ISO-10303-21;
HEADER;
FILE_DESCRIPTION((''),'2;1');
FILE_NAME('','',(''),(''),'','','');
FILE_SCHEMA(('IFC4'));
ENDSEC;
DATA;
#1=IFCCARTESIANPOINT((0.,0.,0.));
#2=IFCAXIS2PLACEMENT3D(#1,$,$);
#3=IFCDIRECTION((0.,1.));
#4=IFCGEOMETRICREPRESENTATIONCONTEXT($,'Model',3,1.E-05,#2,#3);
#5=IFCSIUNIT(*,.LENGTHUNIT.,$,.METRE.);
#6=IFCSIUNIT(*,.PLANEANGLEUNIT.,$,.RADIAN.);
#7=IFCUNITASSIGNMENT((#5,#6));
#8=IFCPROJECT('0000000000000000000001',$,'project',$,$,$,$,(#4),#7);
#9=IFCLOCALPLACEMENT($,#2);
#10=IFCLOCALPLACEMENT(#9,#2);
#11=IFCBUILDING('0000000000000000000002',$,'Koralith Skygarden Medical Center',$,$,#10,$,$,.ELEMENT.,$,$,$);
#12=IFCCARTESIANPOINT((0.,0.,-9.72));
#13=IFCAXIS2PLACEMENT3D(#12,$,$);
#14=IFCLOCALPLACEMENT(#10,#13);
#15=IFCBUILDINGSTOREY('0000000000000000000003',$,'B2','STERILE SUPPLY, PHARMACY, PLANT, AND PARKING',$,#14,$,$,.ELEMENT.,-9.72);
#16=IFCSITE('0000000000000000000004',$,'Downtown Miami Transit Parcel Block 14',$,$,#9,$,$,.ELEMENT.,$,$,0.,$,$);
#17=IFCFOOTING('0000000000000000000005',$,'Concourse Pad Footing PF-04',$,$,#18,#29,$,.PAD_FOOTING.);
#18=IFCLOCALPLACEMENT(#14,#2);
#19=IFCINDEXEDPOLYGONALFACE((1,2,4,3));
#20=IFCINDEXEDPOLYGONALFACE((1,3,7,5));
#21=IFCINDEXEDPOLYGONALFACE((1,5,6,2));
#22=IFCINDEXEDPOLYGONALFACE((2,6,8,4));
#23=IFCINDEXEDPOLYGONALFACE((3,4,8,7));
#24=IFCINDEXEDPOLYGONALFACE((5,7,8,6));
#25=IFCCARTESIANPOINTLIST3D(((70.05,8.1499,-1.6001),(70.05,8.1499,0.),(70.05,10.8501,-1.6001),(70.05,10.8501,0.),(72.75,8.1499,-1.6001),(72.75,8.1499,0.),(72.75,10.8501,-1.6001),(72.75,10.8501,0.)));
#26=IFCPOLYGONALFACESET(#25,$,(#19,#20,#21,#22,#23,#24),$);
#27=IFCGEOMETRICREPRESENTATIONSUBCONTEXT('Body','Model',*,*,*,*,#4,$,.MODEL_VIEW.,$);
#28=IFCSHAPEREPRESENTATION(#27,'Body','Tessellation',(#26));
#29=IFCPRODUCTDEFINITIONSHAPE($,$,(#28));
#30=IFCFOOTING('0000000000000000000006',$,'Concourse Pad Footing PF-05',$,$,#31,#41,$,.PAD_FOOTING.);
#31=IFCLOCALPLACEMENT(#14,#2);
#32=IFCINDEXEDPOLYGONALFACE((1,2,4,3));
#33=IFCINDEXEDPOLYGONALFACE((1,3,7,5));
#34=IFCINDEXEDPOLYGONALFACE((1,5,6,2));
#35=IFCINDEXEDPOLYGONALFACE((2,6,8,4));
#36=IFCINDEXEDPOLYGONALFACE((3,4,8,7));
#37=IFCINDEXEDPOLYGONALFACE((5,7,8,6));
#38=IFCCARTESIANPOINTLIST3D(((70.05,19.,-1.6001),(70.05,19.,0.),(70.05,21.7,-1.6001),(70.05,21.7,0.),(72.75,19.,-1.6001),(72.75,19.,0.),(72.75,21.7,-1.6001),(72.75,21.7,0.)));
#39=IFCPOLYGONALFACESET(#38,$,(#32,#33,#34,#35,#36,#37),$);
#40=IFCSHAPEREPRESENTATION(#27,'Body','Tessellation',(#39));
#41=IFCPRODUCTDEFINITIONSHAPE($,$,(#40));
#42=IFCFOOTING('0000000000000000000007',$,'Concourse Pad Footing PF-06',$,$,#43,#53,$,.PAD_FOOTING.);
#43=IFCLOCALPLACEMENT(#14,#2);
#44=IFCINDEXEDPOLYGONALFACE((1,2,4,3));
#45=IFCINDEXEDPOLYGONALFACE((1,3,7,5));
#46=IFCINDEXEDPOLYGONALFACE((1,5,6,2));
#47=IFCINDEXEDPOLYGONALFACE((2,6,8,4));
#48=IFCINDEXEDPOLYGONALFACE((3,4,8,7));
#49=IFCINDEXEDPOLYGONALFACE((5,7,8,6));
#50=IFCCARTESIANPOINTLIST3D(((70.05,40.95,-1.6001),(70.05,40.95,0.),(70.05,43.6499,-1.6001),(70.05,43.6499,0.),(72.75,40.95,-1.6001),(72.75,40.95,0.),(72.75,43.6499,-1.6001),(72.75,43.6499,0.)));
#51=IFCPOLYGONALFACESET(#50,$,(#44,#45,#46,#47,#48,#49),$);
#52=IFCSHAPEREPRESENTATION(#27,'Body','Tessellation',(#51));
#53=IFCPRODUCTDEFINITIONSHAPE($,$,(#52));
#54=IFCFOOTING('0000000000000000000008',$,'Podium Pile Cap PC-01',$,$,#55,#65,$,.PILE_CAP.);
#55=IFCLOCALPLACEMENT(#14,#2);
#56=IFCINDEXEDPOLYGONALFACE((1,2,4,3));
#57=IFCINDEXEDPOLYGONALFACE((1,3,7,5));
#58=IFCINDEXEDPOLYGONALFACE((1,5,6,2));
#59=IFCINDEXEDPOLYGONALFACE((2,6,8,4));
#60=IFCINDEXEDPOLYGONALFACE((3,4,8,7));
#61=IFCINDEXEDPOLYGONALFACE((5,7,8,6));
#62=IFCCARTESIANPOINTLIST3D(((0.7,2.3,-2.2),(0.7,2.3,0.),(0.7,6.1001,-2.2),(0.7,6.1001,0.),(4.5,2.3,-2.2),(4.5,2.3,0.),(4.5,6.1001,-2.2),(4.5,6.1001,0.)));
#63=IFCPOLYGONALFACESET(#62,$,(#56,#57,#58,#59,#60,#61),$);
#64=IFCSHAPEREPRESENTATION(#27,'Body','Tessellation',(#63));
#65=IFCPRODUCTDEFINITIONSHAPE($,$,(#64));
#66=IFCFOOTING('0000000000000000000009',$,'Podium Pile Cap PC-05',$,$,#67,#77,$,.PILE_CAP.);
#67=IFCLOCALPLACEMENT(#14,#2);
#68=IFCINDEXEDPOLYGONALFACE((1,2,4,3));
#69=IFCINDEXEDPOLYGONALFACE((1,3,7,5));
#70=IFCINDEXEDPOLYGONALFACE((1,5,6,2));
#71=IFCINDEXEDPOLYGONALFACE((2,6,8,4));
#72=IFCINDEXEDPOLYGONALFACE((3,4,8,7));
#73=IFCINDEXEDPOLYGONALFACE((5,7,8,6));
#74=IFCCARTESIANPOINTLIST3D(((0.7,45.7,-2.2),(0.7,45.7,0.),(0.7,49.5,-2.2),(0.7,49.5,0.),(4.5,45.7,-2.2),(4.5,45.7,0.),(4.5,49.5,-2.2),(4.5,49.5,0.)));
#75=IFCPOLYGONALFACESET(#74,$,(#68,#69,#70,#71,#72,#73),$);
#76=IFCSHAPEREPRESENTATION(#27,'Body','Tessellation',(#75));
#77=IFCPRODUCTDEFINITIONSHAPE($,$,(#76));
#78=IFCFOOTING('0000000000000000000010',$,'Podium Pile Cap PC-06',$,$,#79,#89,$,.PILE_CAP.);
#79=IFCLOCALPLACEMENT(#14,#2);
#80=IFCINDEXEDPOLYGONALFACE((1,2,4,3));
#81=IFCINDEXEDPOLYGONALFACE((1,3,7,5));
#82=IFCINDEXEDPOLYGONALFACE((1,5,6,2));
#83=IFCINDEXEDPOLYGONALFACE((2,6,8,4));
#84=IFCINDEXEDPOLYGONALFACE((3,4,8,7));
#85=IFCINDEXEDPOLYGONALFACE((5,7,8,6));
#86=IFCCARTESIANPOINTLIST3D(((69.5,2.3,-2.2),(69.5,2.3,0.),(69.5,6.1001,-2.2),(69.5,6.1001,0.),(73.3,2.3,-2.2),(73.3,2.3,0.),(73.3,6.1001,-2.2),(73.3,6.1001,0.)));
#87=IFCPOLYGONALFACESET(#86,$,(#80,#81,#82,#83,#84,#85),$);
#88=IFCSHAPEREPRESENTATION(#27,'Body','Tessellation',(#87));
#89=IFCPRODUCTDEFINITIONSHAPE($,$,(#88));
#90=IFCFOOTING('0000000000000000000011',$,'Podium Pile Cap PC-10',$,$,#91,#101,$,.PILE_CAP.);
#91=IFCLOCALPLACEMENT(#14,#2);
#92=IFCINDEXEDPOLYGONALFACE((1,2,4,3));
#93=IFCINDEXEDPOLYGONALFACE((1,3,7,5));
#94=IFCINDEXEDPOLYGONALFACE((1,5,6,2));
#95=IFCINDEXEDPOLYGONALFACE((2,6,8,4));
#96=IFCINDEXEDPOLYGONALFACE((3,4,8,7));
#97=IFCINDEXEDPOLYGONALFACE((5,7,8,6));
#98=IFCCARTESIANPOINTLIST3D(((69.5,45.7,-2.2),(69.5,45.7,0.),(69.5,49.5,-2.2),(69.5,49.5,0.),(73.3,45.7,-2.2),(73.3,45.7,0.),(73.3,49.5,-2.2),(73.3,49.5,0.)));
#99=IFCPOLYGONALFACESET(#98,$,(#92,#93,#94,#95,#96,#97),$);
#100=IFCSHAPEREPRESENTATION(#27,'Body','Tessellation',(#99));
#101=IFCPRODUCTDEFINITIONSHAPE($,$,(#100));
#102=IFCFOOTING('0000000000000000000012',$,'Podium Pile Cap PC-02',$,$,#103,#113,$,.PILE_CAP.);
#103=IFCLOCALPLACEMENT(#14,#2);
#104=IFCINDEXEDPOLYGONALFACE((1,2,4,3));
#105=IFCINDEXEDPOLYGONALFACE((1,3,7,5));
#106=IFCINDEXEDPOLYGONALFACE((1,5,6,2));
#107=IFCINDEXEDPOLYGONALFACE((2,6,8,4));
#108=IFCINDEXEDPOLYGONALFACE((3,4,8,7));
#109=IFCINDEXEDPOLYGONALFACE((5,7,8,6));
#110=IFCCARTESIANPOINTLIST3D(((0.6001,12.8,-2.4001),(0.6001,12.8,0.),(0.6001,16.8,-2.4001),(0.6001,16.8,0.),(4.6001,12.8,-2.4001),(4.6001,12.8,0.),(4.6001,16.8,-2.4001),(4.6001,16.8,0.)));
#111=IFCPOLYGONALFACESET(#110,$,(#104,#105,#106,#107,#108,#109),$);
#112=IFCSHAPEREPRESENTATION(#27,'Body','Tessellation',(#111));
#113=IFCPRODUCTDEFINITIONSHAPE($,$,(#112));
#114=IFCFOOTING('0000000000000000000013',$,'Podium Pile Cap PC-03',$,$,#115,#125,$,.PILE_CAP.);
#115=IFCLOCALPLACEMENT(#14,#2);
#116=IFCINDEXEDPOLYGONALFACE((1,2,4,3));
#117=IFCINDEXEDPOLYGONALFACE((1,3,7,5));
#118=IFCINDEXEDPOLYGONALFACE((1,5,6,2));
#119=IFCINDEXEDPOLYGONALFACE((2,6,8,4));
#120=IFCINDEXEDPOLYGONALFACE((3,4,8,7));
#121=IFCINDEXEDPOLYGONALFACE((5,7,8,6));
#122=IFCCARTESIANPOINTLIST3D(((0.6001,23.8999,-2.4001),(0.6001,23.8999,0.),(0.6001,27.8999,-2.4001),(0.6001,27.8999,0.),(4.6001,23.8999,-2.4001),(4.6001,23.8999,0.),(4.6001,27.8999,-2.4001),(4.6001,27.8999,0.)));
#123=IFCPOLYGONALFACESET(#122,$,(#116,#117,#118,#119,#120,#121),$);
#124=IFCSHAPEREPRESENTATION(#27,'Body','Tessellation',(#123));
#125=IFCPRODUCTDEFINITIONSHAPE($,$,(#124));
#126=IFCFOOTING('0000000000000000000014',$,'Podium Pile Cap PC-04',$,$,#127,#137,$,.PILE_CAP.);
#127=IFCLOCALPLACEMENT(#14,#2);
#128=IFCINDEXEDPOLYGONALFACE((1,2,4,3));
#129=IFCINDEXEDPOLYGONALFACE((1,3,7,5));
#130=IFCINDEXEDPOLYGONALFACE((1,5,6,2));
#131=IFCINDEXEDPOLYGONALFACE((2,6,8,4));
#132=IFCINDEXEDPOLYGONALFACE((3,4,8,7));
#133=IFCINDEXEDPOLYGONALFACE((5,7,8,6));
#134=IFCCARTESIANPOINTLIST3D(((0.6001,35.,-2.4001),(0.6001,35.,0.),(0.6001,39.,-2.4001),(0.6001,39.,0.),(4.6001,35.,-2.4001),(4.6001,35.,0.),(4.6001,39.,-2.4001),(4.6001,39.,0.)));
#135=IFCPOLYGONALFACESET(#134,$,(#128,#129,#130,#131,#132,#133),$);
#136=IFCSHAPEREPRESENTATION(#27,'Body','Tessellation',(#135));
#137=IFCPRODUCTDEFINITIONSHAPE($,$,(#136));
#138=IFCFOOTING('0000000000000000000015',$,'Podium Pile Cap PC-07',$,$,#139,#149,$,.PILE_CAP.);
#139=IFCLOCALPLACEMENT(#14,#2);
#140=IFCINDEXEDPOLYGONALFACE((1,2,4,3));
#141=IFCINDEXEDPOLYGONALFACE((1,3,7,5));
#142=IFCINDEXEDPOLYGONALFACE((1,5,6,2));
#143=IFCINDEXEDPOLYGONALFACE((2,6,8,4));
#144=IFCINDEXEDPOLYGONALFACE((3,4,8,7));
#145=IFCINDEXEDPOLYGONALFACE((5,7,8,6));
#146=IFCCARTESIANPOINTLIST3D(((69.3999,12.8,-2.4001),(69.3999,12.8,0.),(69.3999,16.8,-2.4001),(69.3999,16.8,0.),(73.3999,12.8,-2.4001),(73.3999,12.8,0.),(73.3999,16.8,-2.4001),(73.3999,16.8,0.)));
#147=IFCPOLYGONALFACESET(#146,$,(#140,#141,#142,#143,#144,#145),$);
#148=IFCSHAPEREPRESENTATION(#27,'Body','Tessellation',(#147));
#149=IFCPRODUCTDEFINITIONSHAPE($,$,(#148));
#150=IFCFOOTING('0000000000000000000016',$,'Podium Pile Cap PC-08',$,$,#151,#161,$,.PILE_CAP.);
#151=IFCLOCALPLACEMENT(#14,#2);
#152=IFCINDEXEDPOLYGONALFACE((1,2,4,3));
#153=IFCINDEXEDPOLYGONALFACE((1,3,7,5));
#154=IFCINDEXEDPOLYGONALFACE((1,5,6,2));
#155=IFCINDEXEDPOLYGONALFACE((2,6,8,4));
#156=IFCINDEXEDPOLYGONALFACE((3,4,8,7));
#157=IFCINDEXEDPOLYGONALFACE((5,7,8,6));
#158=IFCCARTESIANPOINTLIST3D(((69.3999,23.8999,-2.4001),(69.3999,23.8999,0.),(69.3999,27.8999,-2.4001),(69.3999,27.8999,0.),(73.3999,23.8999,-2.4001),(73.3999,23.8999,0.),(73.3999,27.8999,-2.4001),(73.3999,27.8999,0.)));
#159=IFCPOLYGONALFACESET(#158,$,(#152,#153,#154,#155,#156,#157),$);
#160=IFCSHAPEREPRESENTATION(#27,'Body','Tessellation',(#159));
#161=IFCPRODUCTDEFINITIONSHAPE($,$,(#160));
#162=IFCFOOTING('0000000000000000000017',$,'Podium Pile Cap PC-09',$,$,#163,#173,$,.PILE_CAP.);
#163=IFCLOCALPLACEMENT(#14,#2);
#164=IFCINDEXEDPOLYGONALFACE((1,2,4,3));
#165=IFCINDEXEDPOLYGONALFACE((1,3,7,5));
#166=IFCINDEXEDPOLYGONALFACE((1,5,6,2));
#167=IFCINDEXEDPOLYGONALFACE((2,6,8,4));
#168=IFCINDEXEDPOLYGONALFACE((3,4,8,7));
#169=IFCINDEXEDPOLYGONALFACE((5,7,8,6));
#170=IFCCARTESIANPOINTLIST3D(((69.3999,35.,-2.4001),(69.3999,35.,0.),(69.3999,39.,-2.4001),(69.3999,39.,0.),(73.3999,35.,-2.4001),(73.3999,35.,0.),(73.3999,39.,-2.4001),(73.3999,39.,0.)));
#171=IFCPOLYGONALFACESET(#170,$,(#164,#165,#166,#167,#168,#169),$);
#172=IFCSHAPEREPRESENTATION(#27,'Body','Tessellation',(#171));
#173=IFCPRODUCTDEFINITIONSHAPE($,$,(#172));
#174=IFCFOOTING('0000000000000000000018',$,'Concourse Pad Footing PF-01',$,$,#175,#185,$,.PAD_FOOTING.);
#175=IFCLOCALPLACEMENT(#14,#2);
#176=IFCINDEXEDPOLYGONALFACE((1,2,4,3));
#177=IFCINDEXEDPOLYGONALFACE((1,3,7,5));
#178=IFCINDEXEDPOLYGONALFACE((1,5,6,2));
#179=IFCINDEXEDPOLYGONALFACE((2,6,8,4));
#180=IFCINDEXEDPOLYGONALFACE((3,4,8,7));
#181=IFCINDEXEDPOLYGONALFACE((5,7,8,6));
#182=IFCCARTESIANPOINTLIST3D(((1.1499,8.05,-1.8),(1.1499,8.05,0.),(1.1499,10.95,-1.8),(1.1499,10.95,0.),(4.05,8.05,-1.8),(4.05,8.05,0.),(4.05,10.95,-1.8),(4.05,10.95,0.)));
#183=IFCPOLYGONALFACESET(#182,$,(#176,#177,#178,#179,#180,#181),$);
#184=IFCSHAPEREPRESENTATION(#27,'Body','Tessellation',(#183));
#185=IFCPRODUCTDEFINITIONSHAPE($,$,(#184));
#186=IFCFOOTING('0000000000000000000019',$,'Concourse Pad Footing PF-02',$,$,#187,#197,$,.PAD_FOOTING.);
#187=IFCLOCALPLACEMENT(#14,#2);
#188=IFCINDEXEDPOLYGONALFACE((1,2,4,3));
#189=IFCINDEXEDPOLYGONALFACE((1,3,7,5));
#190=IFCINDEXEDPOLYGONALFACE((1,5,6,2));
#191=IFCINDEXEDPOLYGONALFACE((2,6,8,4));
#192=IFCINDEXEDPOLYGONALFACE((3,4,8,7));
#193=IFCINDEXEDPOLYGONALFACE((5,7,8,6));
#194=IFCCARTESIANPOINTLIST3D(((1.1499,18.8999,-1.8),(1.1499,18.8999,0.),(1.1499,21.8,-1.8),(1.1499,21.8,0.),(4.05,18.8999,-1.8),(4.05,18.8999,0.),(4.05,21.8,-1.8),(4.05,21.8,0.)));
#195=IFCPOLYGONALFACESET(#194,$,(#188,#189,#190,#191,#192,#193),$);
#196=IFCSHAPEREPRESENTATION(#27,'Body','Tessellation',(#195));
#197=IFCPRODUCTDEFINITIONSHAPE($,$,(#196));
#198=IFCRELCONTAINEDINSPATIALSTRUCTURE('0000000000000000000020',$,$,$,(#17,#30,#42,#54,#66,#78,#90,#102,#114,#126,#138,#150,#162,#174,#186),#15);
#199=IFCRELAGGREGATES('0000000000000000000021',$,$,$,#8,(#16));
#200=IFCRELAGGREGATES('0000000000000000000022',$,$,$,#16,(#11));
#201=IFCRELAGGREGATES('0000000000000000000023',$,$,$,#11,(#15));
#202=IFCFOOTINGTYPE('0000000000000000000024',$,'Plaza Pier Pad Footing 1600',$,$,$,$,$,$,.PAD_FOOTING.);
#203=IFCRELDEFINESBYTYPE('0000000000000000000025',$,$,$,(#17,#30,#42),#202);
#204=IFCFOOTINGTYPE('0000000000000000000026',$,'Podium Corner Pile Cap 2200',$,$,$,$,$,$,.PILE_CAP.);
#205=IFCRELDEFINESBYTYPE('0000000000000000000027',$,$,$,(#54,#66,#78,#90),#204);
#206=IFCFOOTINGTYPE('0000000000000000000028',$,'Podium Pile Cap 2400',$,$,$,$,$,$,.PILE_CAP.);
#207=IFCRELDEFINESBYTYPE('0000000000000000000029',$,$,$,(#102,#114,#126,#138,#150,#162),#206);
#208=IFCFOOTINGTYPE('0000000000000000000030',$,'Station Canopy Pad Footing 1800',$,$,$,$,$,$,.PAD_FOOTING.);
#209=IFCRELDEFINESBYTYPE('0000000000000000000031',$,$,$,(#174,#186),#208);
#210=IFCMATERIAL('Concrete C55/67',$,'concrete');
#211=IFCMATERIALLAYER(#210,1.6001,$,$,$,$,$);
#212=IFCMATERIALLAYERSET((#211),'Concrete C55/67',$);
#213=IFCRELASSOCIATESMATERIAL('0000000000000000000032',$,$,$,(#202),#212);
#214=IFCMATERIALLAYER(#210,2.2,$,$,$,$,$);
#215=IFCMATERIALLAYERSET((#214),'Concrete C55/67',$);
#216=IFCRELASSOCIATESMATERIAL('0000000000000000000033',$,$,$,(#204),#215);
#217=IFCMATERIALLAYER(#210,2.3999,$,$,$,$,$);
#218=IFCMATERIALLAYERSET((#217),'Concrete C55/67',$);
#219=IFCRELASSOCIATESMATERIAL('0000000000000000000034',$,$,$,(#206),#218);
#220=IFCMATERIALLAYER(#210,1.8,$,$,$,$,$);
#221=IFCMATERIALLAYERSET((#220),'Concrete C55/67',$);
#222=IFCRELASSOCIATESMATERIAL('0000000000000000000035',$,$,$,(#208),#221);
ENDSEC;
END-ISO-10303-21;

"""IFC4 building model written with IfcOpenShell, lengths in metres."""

from ifc_helpers import new_model, si_unit, direction, frame, origin, place, context, subcontext, project, spatial, polyline, outline, extrude, material, layer, layer_set, type_object, element, save


model = new_model("IFC4")

# Units and contexts
model_context = context("Model", 3, precision=1e-05, world=origin(), true_north=direction((0.0, 1.0)))
body_context = subcontext(model_context, "Body", "Model", "MODEL_VIEW")
ifc_project = project(units=[si_unit("LENGTHUNIT", "METRE"), si_unit("PLANEANGLEUNIT", "RADIAN")], contexts=[model_context])

# Site, building, storey
site_placement = place(None, origin())
site = spatial("IfcSite", under=ifc_project, at=site_placement, Name="Downtown Miami Transit Parcel Block 14", CompositionType="ELEMENT", RefElevation=0.0)
building_placement = place(site_placement, origin())
building = spatial("IfcBuilding", under=site, at=building_placement, Name="Koralith Skygarden Medical Center", CompositionType="ELEMENT")
storey_placement = place(building_placement, frame((0.0, 0.0, -9.72)))
storey = spatial("IfcBuildingStorey", under=building, at=storey_placement, Name="B2", Description="STERILE SUPPLY, PHARMACY, PLANT, AND PARKING", CompositionType="ELEMENT", Elevation=-9.72)

# Footings
ifc_material_1 = material(Name="Concrete C55/67", Category="concrete")
ifc_layer_1 = layer(ifc_material_1, 1.6001)
ifc_layer_set_1 = layer_set([ifc_layer_1], Name="Concrete C55/67")
footing_type_1 = type_object("IfcFootingType", Name="Plaza Pier Pad Footing 1600", PredefinedType="PAD_FOOTING", material=ifc_layer_set_1)
footing_1_placement = place(storey_placement, frame((0.0, 0.0, -1.6001)))
element("IfcFooting", 1, at=footing_1_placement, inside=storey, type_object=footing_type_1, Name="Concourse Pad Footing PF-04", PredefinedType="PAD_FOOTING", context=body_context, shape_type="SweptSolid", body=[
    extrude(outline(polyline([(70.05, 8.1499), (72.75, 8.1499), (72.75, 10.8501), (70.05, 10.8501), (70.05, 8.1499)])), origin(), (0.0, 0.0, 1.0), 1.6001),
])
footing_2_placement = place(storey_placement, frame((0.0, 0.0, -1.6001)))
element("IfcFooting", 2, at=footing_2_placement, inside=storey, type_object=footing_type_1, Name="Concourse Pad Footing PF-05", PredefinedType="PAD_FOOTING", context=body_context, shape_type="SweptSolid", body=[
    extrude(outline(polyline([(70.05, 19.0), (72.75, 19.0), (72.75, 21.7), (70.05, 21.7), (70.05, 19.0)])), origin(), (0.0, 0.0, 1.0), 1.6001),
])
footing_3_placement = place(storey_placement, frame((0.0, 0.0, -1.6001)))
element("IfcFooting", 3, at=footing_3_placement, inside=storey, type_object=footing_type_1, Name="Concourse Pad Footing PF-06", PredefinedType="PAD_FOOTING", context=body_context, shape_type="SweptSolid", body=[
    extrude(outline(polyline([(70.05, 40.95), (72.75, 40.95), (72.75, 43.6499), (70.05, 43.6499), (70.05, 40.95)])), origin(), (0.0, 0.0, 1.0), 1.6001),
])
ifc_layer_2 = layer(ifc_material_1, 2.2)
ifc_layer_set_2 = layer_set([ifc_layer_2], Name="Concrete C55/67")
footing_type_2 = type_object("IfcFootingType", Name="Podium Corner Pile Cap 2200", PredefinedType="PILE_CAP", material=ifc_layer_set_2)
footing_4_placement = place(storey_placement, frame((0.0, 0.0, -2.2)))
element("IfcFooting", 4, at=footing_4_placement, inside=storey, type_object=footing_type_2, Name="Podium Pile Cap PC-01", PredefinedType="PILE_CAP", context=body_context, shape_type="SweptSolid", body=[
    extrude(outline(polyline([(0.7, 2.3), (4.5, 2.3), (4.5, 6.1001), (0.7, 6.1001), (0.7, 2.3)])), origin(), (0.0, 0.0, 1.0), 2.2),
])
footing_5_placement = place(storey_placement, frame((0.0, 0.0, -2.2)))
element("IfcFooting", 5, at=footing_5_placement, inside=storey, type_object=footing_type_2, Name="Podium Pile Cap PC-05", PredefinedType="PILE_CAP", context=body_context, shape_type="SweptSolid", body=[
    extrude(outline(polyline([(0.7, 45.7), (4.5, 45.7), (4.5, 49.5), (0.7, 49.5), (0.7, 45.7)])), origin(), (0.0, 0.0, 1.0), 2.2),
])
footing_6_placement = place(storey_placement, frame((0.0, 0.0, -2.2)))
element("IfcFooting", 6, at=footing_6_placement, inside=storey, type_object=footing_type_2, Name="Podium Pile Cap PC-06", PredefinedType="PILE_CAP", context=body_context, shape_type="SweptSolid", body=[
    extrude(outline(polyline([(69.5, 2.3), (73.3, 2.3), (73.3, 6.1001), (69.5, 6.1001), (69.5, 2.3)])), origin(), (0.0, 0.0, 1.0), 2.2),
])
footing_7_placement = place(storey_placement, frame((0.0, 0.0, -2.2)))
element("IfcFooting", 7, at=footing_7_placement, inside=storey, type_object=footing_type_2, Name="Podium Pile Cap PC-10", PredefinedType="PILE_CAP", context=body_context, shape_type="SweptSolid", body=[
    extrude(outline(polyline([(69.5, 45.7), (73.3, 45.7), (73.3, 49.5), (69.5, 49.5), (69.5, 45.7)])), origin(), (0.0, 0.0, 1.0), 2.2),
])
ifc_layer_3 = layer(ifc_material_1, 2.3999)
ifc_layer_set_3 = layer_set([ifc_layer_3], Name="Concrete C55/67")
footing_type_3 = type_object("IfcFootingType", Name="Podium Pile Cap 2400", PredefinedType="PILE_CAP", material=ifc_layer_set_3)
footing_8_placement = place(storey_placement, frame((0.0, 0.0, -2.4001)))
element("IfcFooting", 8, at=footing_8_placement, inside=storey, type_object=footing_type_3, Name="Podium Pile Cap PC-02", PredefinedType="PILE_CAP", context=body_context, shape_type="SweptSolid", body=[
    extrude(outline(polyline([(0.6001, 12.8), (4.6001, 12.8), (4.6001, 16.8), (0.6001, 16.8), (0.6001, 12.8)])), origin(), (0.0, 0.0, 1.0), 2.4001),
])
footing_9_placement = place(storey_placement, frame((0.0, 0.0, -2.4001)))
element("IfcFooting", 9, at=footing_9_placement, inside=storey, type_object=footing_type_3, Name="Podium Pile Cap PC-03", PredefinedType="PILE_CAP", context=body_context, shape_type="SweptSolid", body=[
    extrude(outline(polyline([(0.6001, 23.8999), (4.6001, 23.8999), (4.6001, 27.8999), (0.6001, 27.8999), (0.6001, 23.8999)])), origin(), (0.0, 0.0, 1.0), 2.4001),
])
footing_10_placement = place(storey_placement, frame((0.0, 0.0, -2.4001)))
element("IfcFooting", 10, at=footing_10_placement, inside=storey, type_object=footing_type_3, Name="Podium Pile Cap PC-04", PredefinedType="PILE_CAP", context=body_context, shape_type="SweptSolid", body=[
    extrude(outline(polyline([(0.6001, 35.0), (4.6001, 35.0), (4.6001, 39.0), (0.6001, 39.0), (0.6001, 35.0)])), origin(), (0.0, 0.0, 1.0), 2.4001),
])
footing_11_placement = place(storey_placement, frame((0.0, 0.0, -2.4001)))
element("IfcFooting", 11, at=footing_11_placement, inside=storey, type_object=footing_type_3, Name="Podium Pile Cap PC-07", PredefinedType="PILE_CAP", context=body_context, shape_type="SweptSolid", body=[
    extrude(outline(polyline([(69.3999, 12.8), (73.3999, 12.8), (73.3999, 16.8), (69.3999, 16.8), (69.3999, 12.8)])), origin(), (0.0, 0.0, 1.0), 2.4001),
])
footing_12_placement = place(storey_placement, frame((0.0, 0.0, -2.4001)))
element("IfcFooting", 12, at=footing_12_placement, inside=storey, type_object=footing_type_3, Name="Podium Pile Cap PC-08", PredefinedType="PILE_CAP", context=body_context, shape_type="SweptSolid", body=[
    extrude(outline(polyline([(69.3999, 23.8999), (73.3999, 23.8999), (73.3999, 27.8999), (69.3999, 27.8999), (69.3999, 23.8999)])), origin(), (0.0, 0.0, 1.0), 2.4001),
])
footing_13_placement = place(storey_placement, frame((0.0, 0.0, -2.4001)))
element("IfcFooting", 13, at=footing_13_placement, inside=storey, type_object=footing_type_3, Name="Podium Pile Cap PC-09", PredefinedType="PILE_CAP", context=body_context, shape_type="SweptSolid", body=[
    extrude(outline(polyline([(69.3999, 35.0), (73.3999, 35.0), (73.3999, 39.0), (69.3999, 39.0), (69.3999, 35.0)])), origin(), (0.0, 0.0, 1.0), 2.4001),
])
ifc_layer_4 = layer(ifc_material_1, 1.8)
ifc_layer_set_4 = layer_set([ifc_layer_4], Name="Concrete C55/67")
footing_type_4 = type_object("IfcFootingType", Name="Station Canopy Pad Footing 1800", PredefinedType="PAD_FOOTING", material=ifc_layer_set_4)
footing_14_placement = place(storey_placement, frame((0.0, 0.0, -1.8)))
element("IfcFooting", 14, at=footing_14_placement, inside=storey, type_object=footing_type_4, Name="Concourse Pad Footing PF-01", PredefinedType="PAD_FOOTING", context=body_context, shape_type="SweptSolid", body=[
    extrude(outline(polyline([(1.1499, 8.05), (4.05, 8.05), (4.05, 10.95), (1.1499, 10.95), (1.1499, 8.05)])), origin(), (0.0, 0.0, 1.0), 1.8),
])
footing_15_placement = place(storey_placement, frame((0.0, 0.0, -1.8)))
element("IfcFooting", 15, at=footing_15_placement, inside=storey, type_object=footing_type_4, Name="Concourse Pad Footing PF-02", PredefinedType="PAD_FOOTING", context=body_context, shape_type="SweptSolid", body=[
    extrude(outline(polyline([(1.1499, 18.8999), (4.05, 18.8999), (4.05, 21.8), (1.1499, 21.8), (1.1499, 18.8999)])), origin(), (0.0, 0.0, 1.0), 1.8),
])

save(model, "model.ifc")
